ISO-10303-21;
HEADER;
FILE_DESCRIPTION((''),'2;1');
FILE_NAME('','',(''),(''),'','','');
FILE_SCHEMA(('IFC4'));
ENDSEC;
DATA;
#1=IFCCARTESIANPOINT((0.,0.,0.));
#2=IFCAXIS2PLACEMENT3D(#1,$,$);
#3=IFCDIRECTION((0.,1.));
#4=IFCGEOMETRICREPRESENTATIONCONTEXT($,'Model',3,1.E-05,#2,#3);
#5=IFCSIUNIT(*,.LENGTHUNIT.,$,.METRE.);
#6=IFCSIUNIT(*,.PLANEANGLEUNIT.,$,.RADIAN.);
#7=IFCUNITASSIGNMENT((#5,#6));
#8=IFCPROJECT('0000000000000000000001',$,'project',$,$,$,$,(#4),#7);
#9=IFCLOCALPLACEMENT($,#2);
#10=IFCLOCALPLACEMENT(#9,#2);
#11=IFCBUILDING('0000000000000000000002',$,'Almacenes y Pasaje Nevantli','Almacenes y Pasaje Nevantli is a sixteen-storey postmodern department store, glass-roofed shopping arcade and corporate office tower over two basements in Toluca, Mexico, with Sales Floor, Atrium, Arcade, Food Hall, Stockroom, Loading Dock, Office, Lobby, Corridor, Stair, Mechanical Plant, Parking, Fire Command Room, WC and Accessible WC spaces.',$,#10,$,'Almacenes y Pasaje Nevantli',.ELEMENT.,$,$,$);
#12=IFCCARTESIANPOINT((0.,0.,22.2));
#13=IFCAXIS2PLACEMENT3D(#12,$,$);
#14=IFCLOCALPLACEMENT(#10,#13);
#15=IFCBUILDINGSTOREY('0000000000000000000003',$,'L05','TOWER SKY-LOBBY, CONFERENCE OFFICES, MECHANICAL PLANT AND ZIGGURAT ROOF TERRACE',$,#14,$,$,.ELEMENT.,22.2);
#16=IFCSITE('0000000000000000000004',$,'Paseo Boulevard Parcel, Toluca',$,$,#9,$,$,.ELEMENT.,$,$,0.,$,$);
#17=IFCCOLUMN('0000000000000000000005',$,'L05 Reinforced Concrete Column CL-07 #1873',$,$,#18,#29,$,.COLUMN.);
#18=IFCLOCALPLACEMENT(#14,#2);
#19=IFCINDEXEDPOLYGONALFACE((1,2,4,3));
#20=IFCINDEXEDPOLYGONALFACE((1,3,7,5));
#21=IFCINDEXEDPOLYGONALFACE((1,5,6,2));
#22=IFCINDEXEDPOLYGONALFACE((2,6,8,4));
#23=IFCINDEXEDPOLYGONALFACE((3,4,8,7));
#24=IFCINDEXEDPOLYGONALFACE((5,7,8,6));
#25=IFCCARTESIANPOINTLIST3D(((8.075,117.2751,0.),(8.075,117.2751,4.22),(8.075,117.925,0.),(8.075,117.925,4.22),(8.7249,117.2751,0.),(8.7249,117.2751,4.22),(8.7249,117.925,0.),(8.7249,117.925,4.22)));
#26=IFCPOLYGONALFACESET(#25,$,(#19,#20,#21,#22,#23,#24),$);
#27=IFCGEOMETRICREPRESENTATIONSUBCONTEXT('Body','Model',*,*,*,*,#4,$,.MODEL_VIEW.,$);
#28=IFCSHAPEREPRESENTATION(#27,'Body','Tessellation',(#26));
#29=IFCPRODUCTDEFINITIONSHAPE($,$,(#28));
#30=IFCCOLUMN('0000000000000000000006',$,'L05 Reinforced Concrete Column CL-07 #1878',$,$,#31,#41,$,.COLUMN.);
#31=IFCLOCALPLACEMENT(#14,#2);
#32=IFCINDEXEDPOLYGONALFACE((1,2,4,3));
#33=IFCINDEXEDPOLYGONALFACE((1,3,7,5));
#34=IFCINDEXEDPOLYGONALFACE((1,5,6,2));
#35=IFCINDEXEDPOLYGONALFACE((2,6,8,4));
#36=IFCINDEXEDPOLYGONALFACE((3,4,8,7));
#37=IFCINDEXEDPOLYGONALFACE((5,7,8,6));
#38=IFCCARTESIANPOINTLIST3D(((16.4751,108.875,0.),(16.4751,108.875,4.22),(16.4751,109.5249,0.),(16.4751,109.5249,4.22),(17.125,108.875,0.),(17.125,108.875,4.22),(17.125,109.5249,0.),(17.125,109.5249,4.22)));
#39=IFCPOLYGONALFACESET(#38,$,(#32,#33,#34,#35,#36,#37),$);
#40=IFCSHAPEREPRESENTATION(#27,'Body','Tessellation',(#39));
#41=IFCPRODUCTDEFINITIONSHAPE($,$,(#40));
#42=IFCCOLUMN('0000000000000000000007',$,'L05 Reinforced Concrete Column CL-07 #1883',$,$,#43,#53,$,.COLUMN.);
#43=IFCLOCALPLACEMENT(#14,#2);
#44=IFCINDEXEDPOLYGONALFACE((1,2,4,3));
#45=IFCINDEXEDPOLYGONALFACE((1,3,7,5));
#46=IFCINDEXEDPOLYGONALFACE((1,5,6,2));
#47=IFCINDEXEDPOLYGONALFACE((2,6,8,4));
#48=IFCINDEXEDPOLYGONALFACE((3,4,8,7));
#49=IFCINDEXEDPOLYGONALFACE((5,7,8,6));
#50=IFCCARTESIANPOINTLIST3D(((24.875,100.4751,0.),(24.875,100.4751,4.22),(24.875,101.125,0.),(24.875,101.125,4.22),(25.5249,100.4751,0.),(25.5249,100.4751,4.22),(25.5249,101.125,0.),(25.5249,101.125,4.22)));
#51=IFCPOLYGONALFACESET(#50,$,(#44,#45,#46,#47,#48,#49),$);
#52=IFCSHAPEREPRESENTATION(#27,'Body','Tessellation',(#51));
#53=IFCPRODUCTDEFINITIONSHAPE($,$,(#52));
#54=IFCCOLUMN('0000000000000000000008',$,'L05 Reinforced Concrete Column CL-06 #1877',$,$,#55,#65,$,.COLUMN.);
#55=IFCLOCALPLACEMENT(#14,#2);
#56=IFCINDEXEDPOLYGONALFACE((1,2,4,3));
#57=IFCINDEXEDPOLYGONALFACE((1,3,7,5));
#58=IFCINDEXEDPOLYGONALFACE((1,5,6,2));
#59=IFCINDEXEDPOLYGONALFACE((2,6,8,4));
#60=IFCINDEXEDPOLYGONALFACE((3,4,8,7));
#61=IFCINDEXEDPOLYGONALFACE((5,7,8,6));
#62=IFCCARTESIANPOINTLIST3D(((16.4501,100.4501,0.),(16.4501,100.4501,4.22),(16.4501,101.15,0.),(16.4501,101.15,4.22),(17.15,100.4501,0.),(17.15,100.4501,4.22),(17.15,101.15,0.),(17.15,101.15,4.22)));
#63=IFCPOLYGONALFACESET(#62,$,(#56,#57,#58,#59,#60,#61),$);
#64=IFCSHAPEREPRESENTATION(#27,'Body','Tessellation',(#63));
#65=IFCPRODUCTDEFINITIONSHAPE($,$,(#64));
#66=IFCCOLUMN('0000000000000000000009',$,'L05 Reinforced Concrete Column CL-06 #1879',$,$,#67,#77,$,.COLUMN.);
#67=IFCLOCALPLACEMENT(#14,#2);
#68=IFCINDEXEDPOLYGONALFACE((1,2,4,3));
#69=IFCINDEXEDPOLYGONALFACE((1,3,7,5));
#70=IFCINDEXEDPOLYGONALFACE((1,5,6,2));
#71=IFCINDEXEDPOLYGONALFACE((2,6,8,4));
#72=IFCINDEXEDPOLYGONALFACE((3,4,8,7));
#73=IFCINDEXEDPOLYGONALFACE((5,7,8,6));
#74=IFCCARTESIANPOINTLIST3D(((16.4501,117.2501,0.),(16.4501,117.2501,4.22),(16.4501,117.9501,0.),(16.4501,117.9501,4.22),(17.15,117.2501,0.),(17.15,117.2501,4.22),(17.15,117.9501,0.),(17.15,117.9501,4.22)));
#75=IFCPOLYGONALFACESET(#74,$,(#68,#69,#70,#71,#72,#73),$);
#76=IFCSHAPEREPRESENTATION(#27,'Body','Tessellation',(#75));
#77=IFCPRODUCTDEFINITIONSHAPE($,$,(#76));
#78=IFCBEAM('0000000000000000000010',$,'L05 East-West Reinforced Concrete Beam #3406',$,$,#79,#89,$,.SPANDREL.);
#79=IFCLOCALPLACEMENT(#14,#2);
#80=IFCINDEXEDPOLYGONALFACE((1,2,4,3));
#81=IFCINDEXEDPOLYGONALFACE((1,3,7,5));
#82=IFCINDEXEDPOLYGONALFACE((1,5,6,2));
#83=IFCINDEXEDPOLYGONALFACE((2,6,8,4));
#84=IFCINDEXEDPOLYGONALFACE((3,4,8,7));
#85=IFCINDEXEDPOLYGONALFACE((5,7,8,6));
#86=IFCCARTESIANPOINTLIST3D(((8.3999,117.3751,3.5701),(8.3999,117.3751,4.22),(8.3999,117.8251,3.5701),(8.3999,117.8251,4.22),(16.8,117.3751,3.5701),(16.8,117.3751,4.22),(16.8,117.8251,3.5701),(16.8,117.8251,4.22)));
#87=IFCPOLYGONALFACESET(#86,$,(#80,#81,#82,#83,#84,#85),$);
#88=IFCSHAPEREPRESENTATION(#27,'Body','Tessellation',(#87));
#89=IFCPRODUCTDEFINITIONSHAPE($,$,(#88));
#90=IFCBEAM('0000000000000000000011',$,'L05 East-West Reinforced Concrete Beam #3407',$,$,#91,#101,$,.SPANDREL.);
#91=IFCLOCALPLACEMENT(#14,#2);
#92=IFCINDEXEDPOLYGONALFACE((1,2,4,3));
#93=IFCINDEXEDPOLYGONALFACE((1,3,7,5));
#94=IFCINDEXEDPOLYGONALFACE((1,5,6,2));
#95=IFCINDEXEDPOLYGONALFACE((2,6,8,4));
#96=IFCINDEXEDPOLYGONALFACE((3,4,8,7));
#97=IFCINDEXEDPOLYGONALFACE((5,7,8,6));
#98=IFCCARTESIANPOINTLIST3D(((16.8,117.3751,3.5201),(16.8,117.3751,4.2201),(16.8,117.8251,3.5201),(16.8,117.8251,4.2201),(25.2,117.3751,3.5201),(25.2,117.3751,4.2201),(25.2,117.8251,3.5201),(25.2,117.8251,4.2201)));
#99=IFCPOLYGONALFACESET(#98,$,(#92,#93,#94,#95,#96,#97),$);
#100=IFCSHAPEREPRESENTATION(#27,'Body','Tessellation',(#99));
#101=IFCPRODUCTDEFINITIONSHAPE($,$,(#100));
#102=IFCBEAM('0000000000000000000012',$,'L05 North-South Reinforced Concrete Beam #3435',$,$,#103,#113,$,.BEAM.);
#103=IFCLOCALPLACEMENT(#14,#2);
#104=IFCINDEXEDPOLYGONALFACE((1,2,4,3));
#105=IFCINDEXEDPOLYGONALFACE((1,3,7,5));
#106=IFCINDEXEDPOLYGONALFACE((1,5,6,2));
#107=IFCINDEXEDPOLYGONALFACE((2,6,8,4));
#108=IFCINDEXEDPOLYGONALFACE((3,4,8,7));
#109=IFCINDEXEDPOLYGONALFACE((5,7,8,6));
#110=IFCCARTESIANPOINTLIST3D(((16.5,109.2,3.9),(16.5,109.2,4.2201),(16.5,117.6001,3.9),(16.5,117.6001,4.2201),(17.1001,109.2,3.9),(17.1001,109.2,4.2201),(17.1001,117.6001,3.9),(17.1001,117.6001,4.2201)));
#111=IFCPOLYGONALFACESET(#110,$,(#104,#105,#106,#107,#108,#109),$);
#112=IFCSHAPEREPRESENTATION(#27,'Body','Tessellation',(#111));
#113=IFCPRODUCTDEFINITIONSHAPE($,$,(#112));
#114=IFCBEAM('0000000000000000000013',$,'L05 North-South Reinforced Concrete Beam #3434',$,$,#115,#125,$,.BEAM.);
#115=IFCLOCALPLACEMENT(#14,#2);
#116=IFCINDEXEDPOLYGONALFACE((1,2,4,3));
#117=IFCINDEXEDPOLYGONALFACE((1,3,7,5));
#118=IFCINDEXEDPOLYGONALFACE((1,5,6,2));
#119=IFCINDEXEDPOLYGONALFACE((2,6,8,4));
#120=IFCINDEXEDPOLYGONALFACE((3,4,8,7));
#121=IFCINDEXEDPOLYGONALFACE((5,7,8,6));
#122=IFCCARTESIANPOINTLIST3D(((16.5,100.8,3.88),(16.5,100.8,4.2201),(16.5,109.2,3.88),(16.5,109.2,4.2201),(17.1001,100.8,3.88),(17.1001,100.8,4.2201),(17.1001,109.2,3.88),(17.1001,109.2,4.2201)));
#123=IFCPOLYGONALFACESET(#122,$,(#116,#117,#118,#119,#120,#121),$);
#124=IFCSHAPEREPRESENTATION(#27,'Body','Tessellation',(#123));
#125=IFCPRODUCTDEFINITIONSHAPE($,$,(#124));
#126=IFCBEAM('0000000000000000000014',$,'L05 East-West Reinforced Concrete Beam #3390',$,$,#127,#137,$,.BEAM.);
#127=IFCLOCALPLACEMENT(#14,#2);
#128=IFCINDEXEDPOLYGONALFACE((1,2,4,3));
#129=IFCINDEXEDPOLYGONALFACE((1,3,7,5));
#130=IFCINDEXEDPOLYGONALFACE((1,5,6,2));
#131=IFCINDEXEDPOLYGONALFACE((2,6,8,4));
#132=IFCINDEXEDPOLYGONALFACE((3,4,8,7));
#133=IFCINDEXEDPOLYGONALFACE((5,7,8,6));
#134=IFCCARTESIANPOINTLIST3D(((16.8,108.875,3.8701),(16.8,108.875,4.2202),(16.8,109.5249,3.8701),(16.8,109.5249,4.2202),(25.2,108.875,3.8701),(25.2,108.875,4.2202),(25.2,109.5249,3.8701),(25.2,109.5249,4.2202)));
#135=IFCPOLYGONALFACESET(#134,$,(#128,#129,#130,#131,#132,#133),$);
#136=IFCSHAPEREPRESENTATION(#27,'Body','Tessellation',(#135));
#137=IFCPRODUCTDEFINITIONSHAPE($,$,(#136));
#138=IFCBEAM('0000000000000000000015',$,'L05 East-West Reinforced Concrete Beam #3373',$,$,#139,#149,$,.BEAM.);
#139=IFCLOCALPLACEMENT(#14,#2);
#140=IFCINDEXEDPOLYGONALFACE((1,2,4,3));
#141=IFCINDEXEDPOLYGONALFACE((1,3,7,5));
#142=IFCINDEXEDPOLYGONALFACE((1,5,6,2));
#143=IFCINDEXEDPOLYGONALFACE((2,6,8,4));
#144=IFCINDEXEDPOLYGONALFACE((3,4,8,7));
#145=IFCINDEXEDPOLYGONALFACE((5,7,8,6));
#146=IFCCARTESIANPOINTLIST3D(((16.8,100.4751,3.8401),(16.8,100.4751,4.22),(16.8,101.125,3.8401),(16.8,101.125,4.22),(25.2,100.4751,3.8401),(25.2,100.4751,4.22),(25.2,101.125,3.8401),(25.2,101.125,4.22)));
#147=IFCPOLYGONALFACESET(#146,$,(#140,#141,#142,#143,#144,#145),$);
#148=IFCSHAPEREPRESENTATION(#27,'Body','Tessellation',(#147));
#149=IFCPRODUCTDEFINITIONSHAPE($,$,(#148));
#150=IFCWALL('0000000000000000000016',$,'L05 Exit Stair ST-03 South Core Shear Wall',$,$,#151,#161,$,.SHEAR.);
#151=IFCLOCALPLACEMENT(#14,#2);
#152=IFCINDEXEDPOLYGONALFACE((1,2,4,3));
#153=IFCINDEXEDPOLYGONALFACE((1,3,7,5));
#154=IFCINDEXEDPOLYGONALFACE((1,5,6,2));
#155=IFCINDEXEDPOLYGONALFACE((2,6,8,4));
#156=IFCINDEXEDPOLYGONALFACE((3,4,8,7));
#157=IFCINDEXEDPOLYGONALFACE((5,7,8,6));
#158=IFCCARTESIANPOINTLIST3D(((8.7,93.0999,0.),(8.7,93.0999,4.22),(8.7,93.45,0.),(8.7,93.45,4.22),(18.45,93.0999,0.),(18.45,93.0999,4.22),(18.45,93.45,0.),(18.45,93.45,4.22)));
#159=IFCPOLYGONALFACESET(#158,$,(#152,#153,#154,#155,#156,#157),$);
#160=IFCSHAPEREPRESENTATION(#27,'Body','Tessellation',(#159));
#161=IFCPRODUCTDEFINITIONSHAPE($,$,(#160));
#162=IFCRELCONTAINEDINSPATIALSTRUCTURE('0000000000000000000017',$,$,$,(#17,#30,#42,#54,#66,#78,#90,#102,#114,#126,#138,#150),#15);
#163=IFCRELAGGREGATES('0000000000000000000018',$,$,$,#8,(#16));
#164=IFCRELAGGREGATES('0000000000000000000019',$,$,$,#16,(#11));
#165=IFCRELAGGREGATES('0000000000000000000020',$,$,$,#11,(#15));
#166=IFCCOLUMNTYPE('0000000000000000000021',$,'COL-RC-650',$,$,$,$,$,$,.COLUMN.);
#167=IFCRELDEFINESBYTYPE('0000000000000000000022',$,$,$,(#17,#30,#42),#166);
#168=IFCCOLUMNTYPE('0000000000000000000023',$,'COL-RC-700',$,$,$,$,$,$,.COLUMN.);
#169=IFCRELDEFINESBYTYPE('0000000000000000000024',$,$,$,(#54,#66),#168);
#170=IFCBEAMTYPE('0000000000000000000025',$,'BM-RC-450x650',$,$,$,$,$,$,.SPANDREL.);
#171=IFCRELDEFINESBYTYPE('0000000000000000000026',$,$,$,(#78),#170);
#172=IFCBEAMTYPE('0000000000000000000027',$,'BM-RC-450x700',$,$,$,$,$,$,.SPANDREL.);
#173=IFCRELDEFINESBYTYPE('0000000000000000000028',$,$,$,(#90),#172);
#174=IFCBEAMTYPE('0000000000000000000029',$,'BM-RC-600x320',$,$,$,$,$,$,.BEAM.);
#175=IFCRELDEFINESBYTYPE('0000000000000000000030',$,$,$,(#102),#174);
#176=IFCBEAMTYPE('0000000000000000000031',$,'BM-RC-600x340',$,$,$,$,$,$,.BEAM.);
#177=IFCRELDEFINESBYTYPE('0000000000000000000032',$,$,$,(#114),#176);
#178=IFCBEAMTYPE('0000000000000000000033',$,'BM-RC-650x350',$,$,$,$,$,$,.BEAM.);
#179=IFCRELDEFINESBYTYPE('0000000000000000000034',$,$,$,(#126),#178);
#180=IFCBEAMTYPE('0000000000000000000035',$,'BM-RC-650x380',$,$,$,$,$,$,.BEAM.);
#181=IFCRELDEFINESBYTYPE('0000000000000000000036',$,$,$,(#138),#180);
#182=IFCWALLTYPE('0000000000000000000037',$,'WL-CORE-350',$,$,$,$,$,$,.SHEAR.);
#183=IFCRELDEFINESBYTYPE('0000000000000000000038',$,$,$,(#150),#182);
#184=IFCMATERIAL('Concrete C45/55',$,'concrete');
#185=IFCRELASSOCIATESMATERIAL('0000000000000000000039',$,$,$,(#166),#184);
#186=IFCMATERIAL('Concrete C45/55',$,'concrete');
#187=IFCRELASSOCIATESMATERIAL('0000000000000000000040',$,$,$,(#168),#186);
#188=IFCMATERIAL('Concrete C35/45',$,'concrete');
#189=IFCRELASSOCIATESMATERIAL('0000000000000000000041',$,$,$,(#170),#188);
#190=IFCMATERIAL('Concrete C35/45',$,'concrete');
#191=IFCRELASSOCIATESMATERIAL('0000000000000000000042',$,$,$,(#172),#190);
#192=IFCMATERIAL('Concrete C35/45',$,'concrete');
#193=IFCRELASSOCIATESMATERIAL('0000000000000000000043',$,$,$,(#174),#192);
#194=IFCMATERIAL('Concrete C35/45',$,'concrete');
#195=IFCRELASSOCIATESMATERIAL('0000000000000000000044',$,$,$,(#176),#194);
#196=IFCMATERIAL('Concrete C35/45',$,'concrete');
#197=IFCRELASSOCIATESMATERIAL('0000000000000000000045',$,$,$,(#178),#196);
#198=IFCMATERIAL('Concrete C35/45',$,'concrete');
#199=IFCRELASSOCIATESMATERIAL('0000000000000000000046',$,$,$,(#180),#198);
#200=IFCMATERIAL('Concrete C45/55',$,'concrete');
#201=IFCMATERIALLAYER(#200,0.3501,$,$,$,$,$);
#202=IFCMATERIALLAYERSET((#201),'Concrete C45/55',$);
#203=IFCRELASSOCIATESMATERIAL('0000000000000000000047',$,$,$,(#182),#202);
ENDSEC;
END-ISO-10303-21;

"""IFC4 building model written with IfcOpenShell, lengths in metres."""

from ifc_helpers import new_model, si_unit, direction, frame, frame_2d, origin, origin_2d, place, context, subcontext, project, spatial, rectangle, extrude, material, layer, layer_set, material_profile, profile_set, type_object, element, save


model = new_model("IFC4")

# Units and contexts
model_context = context("Model", 3, precision=1e-05, world=origin(), true_north=direction((0.0, 1.0)))
body_context = subcontext(model_context, "Body", "Model", "MODEL_VIEW")
ifc_project = project(units=[si_unit("LENGTHUNIT", "METRE"), si_unit("PLANEANGLEUNIT", "RADIAN")], contexts=[model_context])

# Site, building, storey
site_placement = place(None, origin())
site = spatial("IfcSite", under=ifc_project, at=site_placement, Name="Paseo Boulevard Parcel, Toluca", CompositionType="ELEMENT", RefElevation=0.0)
building_placement = place(site_placement, origin())
building = spatial("IfcBuilding", under=site, at=building_placement, Name="Almacenes y Pasaje Nevantli", Description="Almacenes y Pasaje Nevantli is a sixteen-storey postmodern department store, glass-roofed shopping arcade and corporate office tower over two basements in Toluca, Mexico, with Sales Floor, Atrium, Arcade, Food Hall, Stockroom, Loading Dock, Office, Lobby, Corridor, Stair, Mechanical Plant, Parking, Fire Command Room, WC and Accessible WC spaces.", LongName="Almacenes y Pasaje Nevantli", CompositionType="ELEMENT")
storey_placement = place(building_placement, frame((0.0, 0.0, 22.2)))
storey = spatial("IfcBuildingStorey", under=building, at=storey_placement, Name="L05", Description="TOWER SKY-LOBBY, CONFERENCE OFFICES, MECHANICAL PLANT AND ZIGGURAT ROOF TERRACE", CompositionType="ELEMENT", Elevation=22.2)

# Columns
ifc_material_1 = material(Name="Concrete C45/55", Category="concrete")
ifc_material_profile_1 = material_profile(ifc_material_1, rectangle(XDim=0.6499, YDim=0.6499, at=origin_2d()), Name="RC-COL-650x650")
ifc_profile_set_1 = profile_set([ifc_material_profile_1], Name="Concrete C45/55")
column_type_1 = type_object("IfcColumnType", Name="COL-RC-650", PredefinedType="COLUMN", material=ifc_profile_set_1)
for number, where, z_axis, x_axis, name in (
    (1, (8.3999, 117.6001, 0.0), (0.0, 0.0, 1.0), (1.0, 0.0, 0.0), "L05 Reinforced Concrete Column CL-07 #1873"),
    (2, (16.8, 109.2, 0.0), (0.0, 0.0, 1.0), (1.0, 0.0, 0.0), "L05 Reinforced Concrete Column CL-07 #1878"),
    (3, (25.2, 100.8, 0.0), (0.0, 0.0, 1.0), (1.0, 0.0, 0.0), "L05 Reinforced Concrete Column CL-07 #1883"),
):
    element("IfcColumn", number, at=place(storey_placement, frame(where, z_axis=z_axis, x_axis=x_axis)), inside=storey, type_object=column_type_1, Name=name, PredefinedType="COLUMN", context=body_context, shape_type="SweptSolid", body=[
        extrude(rectangle(XDim=0.6499, YDim=0.6499, at=origin_2d()), origin(), (0.0, 0.0, 1.0), 4.22),
    ])
ifc_material_2 = material(Name="Concrete C45/55", Category="concrete")
ifc_material_profile_2 = material_profile(ifc_material_2, rectangle(XDim=0.7, YDim=0.7, at=origin_2d()), Name="RC-COL-700x700")
ifc_profile_set_2 = profile_set([ifc_material_profile_2], Name="Concrete C45/55")
column_type_2 = type_object("IfcColumnType", Name="COL-RC-700", PredefinedType="COLUMN", material=ifc_profile_set_2)
for number, where, z_axis, x_axis, name in (
    (4, (16.8, 100.8, 0.0), (0.0, 0.0, 1.0), (1.0, 0.0, 0.0), "L05 Reinforced Concrete Column CL-06 #1877"),
    (5, (16.8, 117.6001, 0.0), (0.0, 0.0, 1.0), (1.0, 0.0, 0.0), "L05 Reinforced Concrete Column CL-06 #1879"),
):
    element("IfcColumn", number, at=place(storey_placement, frame(where, z_axis=z_axis, x_axis=x_axis)), inside=storey, type_object=column_type_2, Name=name, PredefinedType="COLUMN", context=body_context, shape_type="SweptSolid", body=[
        extrude(rectangle(XDim=0.7, YDim=0.7, at=origin_2d()), origin(), (0.0, 0.0, 1.0), 4.22),
    ])

# Beams
ifc_material_3 = material(Name="Concrete C35/45", Category="concrete")
ifc_material_profile_3 = material_profile(ifc_material_3, rectangle(XDim=0.45, YDim=0.6499, at=origin_2d()), Name="RC-BM-450x650")
ifc_profile_set_3 = profile_set([ifc_material_profile_3], Name="Concrete C35/45")
beam_type_1 = type_object("IfcBeamType", Name="BM-RC-450x650", PredefinedType="SPANDREL", material=ifc_profile_set_3)
beam_1_placement = place(storey_placement, frame((8.3999, 117.6001, 3.895), z_axis=(1.0, 0.0, 0.0), x_axis=(0.0, 1.0, 0.0)))
element("IfcBeam", 6, at=beam_1_placement, inside=storey, type_object=beam_type_1, Name="L05 East-West Reinforced Concrete Beam #3406", PredefinedType="SPANDREL", context=body_context, shape_type="SweptSolid", body=[
    extrude(rectangle(XDim=0.45, YDim=0.6499, at=origin_2d()), origin(), (0.0, 0.0, 1.0), 8.4001),
])
ifc_material_4 = material(Name="Concrete C35/45", Category="concrete")
ifc_material_profile_4 = material_profile(ifc_material_4, rectangle(XDim=0.45, YDim=0.7, at=origin_2d()), Name="RC-BM-450x700")
ifc_profile_set_4 = profile_set([ifc_material_profile_4], Name="Concrete C35/45")
beam_type_2 = type_object("IfcBeamType", Name="BM-RC-450x700", PredefinedType="SPANDREL", material=ifc_profile_set_4)
beam_2_placement = place(storey_placement, frame((16.8, 117.6001, 3.8701), z_axis=(1.0, 0.0, 0.0), x_axis=(0.0, 1.0, 0.0)))
element("IfcBeam", 7, at=beam_2_placement, inside=storey, type_object=beam_type_2, Name="L05 East-West Reinforced Concrete Beam #3407", PredefinedType="SPANDREL", context=body_context, shape_type="SweptSolid", body=[
    extrude(rectangle(XDim=0.45, YDim=0.7, at=origin_2d()), origin(), (0.0, 0.0, 1.0), 8.3999),
])
ifc_material_5 = material(Name="Concrete C35/45", Category="concrete")
ifc_material_profile_5 = material_profile(ifc_material_5, rectangle(XDim=0.6001, YDim=0.3201, at=origin_2d()), Name="RC-BM-600x320")
ifc_profile_set_5 = profile_set([ifc_material_profile_5], Name="Concrete C35/45")
beam_type_3 = type_object("IfcBeamType", Name="BM-RC-600x320", PredefinedType="BEAM", material=ifc_profile_set_5)
beam_3_placement = place(storey_placement, frame((16.8, 109.2, 4.0601), z_axis=(0.0, 1.0, 0.0), x_axis=(-1.0, 0.0, 0.0)))
element("IfcBeam", 8, at=beam_3_placement, inside=storey, type_object=beam_type_3, Name="L05 North-South Reinforced Concrete Beam #3435", PredefinedType="BEAM", context=body_context, shape_type="SweptSolid", body=[
    extrude(rectangle(XDim=0.6001, YDim=0.3201, at=origin_2d()), origin(), (0.0, 0.0, 1.0), 8.4001),
])
ifc_material_6 = material(Name="Concrete C35/45", Category="concrete")
ifc_material_profile_6 = material_profile(ifc_material_6, rectangle(XDim=0.6001, YDim=0.3401, at=origin_2d()), Name="RC-BM-600x340")
ifc_profile_set_6 = profile_set([ifc_material_profile_6], Name="Concrete C35/45")
beam_type_4 = type_object("IfcBeamType", Name="BM-RC-600x340", PredefinedType="BEAM", material=ifc_profile_set_6)
beam_4_placement = place(storey_placement, frame((16.8, 100.8, 4.05), z_axis=(0.0, 1.0, 0.0), x_axis=(-1.0, 0.0, 0.0)))
element("IfcBeam", 9, at=beam_4_placement, inside=storey, type_object=beam_type_4, Name="L05 North-South Reinforced Concrete Beam #3434", PredefinedType="BEAM", context=body_context, shape_type="SweptSolid", body=[
    extrude(rectangle(XDim=0.6001, YDim=0.3401, at=origin_2d()), origin(), (0.0, 0.0, 1.0), 8.3999),
])
ifc_material_7 = material(Name="Concrete C35/45", Category="concrete")
ifc_material_profile_7 = material_profile(ifc_material_7, rectangle(XDim=0.6499, YDim=0.3501, at=origin_2d()), Name="RC-BM-650x350")
ifc_profile_set_7 = profile_set([ifc_material_profile_7], Name="Concrete C35/45")
beam_type_5 = type_object("IfcBeamType", Name="BM-RC-650x350", PredefinedType="BEAM", material=ifc_profile_set_7)
beam_5_placement = place(storey_placement, frame((16.8, 109.2, 4.0452), z_axis=(1.0, 0.0, 0.0), x_axis=(0.0, 1.0, 0.0)))
element("IfcBeam", 10, at=beam_5_placement, inside=storey, type_object=beam_type_5, Name="L05 East-West Reinforced Concrete Beam #3390", PredefinedType="BEAM", context=body_context, shape_type="SweptSolid", body=[
    extrude(rectangle(XDim=0.6499, YDim=0.3501, at=origin_2d()), origin(), (0.0, 0.0, 1.0), 8.3999),
])
ifc_material_8 = material(Name="Concrete C35/45", Category="concrete")
ifc_material_profile_8 = material_profile(ifc_material_8, rectangle(XDim=0.6499, YDim=0.3799, at=origin_2d()), Name="RC-BM-650x380")
ifc_profile_set_8 = profile_set([ifc_material_profile_8], Name="Concrete C35/45")
beam_type_6 = type_object("IfcBeamType", Name="BM-RC-650x380", PredefinedType="BEAM", material=ifc_profile_set_8)
beam_6_placement = place(storey_placement, frame((16.8, 100.8, 4.03), z_axis=(1.0, 0.0, 0.0), x_axis=(0.0, 1.0, 0.0)))
element("IfcBeam", 11, at=beam_6_placement, inside=storey, type_object=beam_type_6, Name="L05 East-West Reinforced Concrete Beam #3373", PredefinedType="BEAM", context=body_context, shape_type="SweptSolid", body=[
    extrude(rectangle(XDim=0.6499, YDim=0.3799, at=origin_2d()), origin(), (0.0, 0.0, 1.0), 8.3999),
])

# Wall
ifc_material_9 = material(Name="Concrete C45/55", Category="concrete")
ifc_layer_1 = layer(ifc_material_9, 0.3501)
ifc_layer_set_1 = layer_set([ifc_layer_1], Name="Concrete C45/55")
wall_type_1 = type_object("IfcWallType", Name="WL-CORE-350", PredefinedType="SHEAR", material=ifc_layer_set_1)
wall_1_placement = place(storey_placement, frame((8.7, 93.2749, 0.0), z_axis=(0.0, 0.0, 1.0), x_axis=(1.0, 0.0, 0.0)))
element("IfcWall", 12, at=wall_1_placement, inside=storey, type_object=wall_type_1, Name="L05 Exit Stair ST-03 South Core Shear Wall", PredefinedType="SHEAR", context=body_context, shape_type="SweptSolid", body=[
    extrude(rectangle(XDim=9.75, YDim=0.3501, at=frame_2d((4.875, 0.0))), origin(), (0.0, 0.0, 1.0), 4.22),
])

save(model, "model.ifc")
